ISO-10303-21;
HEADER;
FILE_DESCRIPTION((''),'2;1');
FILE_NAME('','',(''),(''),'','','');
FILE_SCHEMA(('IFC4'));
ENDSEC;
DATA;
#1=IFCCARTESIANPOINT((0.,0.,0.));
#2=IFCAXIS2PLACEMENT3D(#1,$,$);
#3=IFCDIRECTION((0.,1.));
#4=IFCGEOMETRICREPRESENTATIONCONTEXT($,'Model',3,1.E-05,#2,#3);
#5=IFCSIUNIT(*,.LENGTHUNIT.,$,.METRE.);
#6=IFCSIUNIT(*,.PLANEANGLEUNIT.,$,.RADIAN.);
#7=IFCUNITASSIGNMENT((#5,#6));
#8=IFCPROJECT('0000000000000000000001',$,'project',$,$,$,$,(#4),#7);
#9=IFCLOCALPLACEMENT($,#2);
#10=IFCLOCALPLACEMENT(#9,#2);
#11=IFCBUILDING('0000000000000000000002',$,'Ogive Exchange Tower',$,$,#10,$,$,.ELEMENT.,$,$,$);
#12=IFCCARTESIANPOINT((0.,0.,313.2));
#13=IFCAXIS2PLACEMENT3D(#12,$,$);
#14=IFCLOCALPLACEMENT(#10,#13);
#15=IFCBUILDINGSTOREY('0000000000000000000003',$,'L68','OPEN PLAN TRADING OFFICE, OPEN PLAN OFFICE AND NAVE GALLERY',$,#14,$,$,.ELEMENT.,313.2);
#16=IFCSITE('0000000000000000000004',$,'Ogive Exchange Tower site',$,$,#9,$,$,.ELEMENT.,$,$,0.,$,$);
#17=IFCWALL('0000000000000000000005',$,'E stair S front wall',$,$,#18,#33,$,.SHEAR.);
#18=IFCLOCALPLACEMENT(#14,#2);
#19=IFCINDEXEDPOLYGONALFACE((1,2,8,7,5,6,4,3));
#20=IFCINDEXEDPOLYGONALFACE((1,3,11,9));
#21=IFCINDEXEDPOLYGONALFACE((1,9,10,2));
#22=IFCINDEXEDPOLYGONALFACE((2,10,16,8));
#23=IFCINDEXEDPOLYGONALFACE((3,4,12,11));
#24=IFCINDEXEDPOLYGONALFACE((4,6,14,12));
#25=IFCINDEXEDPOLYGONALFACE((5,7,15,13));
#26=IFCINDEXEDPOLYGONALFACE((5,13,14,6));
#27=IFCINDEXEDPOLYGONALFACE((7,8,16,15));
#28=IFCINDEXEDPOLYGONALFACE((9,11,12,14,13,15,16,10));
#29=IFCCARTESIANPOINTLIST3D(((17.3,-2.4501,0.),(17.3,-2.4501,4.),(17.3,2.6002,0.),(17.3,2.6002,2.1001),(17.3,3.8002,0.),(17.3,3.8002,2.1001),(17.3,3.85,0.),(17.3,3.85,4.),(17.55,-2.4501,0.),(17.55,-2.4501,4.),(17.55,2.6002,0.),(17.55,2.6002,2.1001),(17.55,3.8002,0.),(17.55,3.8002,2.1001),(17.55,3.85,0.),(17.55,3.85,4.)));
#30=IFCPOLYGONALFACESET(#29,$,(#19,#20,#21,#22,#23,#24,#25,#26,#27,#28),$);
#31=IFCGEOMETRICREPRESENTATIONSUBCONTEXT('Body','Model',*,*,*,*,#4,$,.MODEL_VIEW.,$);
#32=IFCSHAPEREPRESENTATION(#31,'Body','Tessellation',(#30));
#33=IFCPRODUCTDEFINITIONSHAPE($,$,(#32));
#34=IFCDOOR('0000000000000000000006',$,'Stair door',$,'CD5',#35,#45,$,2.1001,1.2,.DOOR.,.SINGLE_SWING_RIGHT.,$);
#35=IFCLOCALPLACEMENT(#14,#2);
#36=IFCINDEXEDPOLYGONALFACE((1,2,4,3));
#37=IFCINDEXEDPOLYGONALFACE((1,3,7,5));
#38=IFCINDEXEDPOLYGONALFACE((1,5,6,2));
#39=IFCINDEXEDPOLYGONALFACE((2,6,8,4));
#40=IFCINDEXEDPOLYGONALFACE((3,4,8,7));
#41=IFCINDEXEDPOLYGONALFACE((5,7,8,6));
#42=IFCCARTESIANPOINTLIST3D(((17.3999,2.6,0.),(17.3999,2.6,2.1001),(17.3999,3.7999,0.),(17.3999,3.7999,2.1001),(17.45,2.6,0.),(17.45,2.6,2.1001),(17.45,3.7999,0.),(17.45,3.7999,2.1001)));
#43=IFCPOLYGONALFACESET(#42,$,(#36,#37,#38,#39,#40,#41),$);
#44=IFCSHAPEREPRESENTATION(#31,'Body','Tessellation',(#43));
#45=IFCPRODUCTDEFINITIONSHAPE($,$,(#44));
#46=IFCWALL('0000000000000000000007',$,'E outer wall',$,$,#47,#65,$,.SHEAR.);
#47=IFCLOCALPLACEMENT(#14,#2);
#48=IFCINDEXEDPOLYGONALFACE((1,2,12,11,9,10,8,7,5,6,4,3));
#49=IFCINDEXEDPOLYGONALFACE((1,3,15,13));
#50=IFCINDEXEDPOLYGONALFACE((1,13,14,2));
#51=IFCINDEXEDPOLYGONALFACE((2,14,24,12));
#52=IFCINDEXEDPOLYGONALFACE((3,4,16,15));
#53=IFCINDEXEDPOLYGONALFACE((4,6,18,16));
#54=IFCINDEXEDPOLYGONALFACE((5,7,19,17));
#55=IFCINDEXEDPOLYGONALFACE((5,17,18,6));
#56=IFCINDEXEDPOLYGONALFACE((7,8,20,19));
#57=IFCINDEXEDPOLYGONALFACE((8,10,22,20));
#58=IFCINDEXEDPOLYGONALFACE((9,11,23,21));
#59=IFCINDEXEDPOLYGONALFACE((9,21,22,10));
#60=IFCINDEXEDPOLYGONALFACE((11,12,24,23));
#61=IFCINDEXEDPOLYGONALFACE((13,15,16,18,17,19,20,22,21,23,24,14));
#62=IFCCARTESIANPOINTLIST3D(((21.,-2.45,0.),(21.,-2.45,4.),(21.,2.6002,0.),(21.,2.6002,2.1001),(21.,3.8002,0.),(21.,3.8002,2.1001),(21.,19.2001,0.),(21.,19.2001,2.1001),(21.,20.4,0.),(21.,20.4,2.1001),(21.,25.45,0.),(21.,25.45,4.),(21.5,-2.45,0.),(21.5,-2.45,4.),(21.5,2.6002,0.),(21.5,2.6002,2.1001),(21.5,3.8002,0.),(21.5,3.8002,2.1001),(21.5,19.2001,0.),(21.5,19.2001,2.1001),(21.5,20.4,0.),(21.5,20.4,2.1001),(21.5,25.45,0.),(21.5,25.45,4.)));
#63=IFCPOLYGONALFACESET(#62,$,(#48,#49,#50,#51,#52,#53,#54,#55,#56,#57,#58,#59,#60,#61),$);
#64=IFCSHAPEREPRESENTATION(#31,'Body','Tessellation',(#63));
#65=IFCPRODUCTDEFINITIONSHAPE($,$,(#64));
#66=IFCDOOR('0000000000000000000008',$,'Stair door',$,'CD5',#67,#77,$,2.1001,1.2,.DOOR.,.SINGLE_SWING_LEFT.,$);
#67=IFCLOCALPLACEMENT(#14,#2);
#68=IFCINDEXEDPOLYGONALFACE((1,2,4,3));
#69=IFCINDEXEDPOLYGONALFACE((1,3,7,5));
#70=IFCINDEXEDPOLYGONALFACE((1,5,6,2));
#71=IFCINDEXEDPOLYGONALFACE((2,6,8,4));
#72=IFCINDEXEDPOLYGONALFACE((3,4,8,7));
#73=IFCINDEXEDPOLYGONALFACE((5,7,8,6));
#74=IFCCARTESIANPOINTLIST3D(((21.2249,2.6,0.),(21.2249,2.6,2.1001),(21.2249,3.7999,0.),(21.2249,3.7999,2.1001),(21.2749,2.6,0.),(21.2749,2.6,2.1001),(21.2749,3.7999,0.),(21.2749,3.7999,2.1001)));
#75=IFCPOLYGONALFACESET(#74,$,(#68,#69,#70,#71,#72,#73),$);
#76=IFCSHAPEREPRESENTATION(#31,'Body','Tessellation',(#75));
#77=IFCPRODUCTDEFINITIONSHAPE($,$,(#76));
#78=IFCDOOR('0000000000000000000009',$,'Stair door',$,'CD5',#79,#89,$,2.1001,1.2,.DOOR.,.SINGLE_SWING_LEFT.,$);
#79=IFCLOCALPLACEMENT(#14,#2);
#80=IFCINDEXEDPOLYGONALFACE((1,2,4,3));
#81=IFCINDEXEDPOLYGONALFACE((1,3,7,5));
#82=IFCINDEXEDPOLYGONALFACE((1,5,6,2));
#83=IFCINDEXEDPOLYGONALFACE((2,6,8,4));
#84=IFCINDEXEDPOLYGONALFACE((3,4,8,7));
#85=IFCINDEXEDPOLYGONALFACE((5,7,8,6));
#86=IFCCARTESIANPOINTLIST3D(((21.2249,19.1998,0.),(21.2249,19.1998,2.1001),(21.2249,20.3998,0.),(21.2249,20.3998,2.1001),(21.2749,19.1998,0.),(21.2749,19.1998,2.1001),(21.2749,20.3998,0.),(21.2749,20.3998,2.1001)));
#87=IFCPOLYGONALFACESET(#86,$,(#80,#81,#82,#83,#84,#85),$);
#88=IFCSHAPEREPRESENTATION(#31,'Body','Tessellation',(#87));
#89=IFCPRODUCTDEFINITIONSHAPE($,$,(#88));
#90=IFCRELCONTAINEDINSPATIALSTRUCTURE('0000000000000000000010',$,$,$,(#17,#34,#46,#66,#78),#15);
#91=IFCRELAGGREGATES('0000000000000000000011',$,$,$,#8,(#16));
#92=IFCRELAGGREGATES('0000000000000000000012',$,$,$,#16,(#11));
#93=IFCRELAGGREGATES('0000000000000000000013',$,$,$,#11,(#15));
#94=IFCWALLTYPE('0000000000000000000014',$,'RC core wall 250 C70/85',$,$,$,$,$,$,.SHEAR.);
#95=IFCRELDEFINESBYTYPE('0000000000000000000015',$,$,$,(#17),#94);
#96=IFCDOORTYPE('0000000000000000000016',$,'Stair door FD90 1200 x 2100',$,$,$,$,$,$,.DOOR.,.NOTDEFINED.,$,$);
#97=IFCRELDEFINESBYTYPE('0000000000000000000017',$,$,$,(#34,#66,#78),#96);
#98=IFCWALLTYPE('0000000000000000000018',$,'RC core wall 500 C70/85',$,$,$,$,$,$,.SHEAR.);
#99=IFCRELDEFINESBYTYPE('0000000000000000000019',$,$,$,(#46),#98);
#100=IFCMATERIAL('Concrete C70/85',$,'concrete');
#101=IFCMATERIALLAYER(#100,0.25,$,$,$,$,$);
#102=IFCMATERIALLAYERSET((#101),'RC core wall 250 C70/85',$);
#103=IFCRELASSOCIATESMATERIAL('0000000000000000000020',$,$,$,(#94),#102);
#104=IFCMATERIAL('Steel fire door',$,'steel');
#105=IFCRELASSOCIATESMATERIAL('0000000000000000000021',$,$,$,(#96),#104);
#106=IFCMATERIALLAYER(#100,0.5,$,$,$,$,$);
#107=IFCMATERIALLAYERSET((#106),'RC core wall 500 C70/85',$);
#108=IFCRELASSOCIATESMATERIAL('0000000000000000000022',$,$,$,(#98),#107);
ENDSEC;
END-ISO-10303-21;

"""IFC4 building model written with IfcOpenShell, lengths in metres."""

from ifc_helpers import new_model, si_unit, direction, frame, frame_2d, origin, place, context, subcontext, project, spatial, rectangle, extrude, material, layer, layer_set, type_object, element, fill, save


model = new_model("IFC4")

# Units and contexts
model_context = context("Model", 3, precision=1e-05, world=origin(), true_north=direction((0.0, 1.0)))
body_context = subcontext(model_context, "Body", "Model", "MODEL_VIEW")
ifc_project = project(units=[si_unit("LENGTHUNIT", "METRE"), si_unit("PLANEANGLEUNIT", "RADIAN")], contexts=[model_context])

# Site, building, storey
site_placement = place(None, origin())
site = spatial("IfcSite", under=ifc_project, at=site_placement, Name="Ogive Exchange Tower site", CompositionType="ELEMENT", RefElevation=0.0)
building_placement = place(site_placement, origin())
building = spatial("IfcBuilding", under=site, at=building_placement, Name="Ogive Exchange Tower", CompositionType="ELEMENT")
storey_placement = place(building_placement, frame((0.0, 0.0, 313.2)))
storey = spatial("IfcBuildingStorey", under=building, at=storey_placement, Name="L68", Description="OPEN PLAN TRADING OFFICE, OPEN PLAN OFFICE AND NAVE GALLERY", CompositionType="ELEMENT", Elevation=313.2)

# Wall, opening, door
ifc_material_1 = material(Name="Concrete C70/85", Category="concrete")
ifc_layer_1 = layer(ifc_material_1, 0.25)
ifc_layer_set_1 = layer_set([ifc_layer_1], Name="RC core wall 250 C70/85")
wall_type_1 = type_object("IfcWallType", Name="RC core wall 250 C70/85", PredefinedType="SHEAR", material=ifc_layer_set_1)
wall_1_placement = place(storey_placement, frame((17.425, -2.45, 0.0), z_axis=(0.0, 0.0, 1.0), x_axis=(0.0, 1.0, 0.0)))
wall_1 = element("IfcWall", 1, at=wall_1_placement, inside=storey, type_object=wall_type_1, Name="E stair S front wall", PredefinedType="SHEAR", context=body_context, shape_type="SweptSolid", body=[
    extrude(rectangle(XDim=6.3, YDim=0.25, at=frame_2d((3.1499, 0.0))), origin(), (0.0, 0.0, 1.0), 4.0),
])
opening_1_placement = place(wall_1_placement, frame((5.05, 0.0, 0.0)))
opening_1 = element("IfcOpeningElement", 2, at=opening_1_placement, cuts=wall_1, PredefinedType="OPENING", context=body_context, shape_type="SweptSolid", body=[
    extrude(rectangle(XDim=1.2, YDim=2.1001, at=frame_2d((0.6001, 1.05))), frame((0.0, 0.135, 0.0), z_axis=(0.0, -1.0, 0.0), x_axis=(1.0, 0.0, 0.0)), (0.0, 0.0, 1.0), 0.27),
])
ifc_material_2 = material(Name="Steel fire door", Category="steel")
door_type_1 = type_object("IfcDoorType", Name="Stair door FD90 1200 x 2100", OperationType="NOTDEFINED", PredefinedType="DOOR", material=ifc_material_2)
door_1_placement = place(opening_1_placement, frame((1.2, 0.0, 0.0), z_axis=(0.0, 0.0, 1.0), x_axis=(-1.0, 0.0, 0.0)))
door_1 = element("IfcDoor", 3, at=door_1_placement, inside=storey, type_object=door_type_1, Name="Stair door", ObjectType="CD5", OperationType="SINGLE_SWING_RIGHT", OverallHeight=2.1001, OverallWidth=1.2, PredefinedType="DOOR", context=body_context, shape_type="SweptSolid", body=[
    extrude(rectangle(XDim=1.2, YDim=2.1001, at=frame_2d((0.6001, 1.05))), frame((0.0, 0.0249, 0.0), z_axis=(0.0, -1.0, 0.0), x_axis=(1.0, 0.0, 0.0)), (0.0, 0.0, 1.0), 0.05),
])
fill(opening_1, door_1)

# Wall, openings, doors
ifc_layer_2 = layer(ifc_material_1, 0.5)
ifc_layer_set_2 = layer_set([ifc_layer_2], Name="RC core wall 500 C70/85")
wall_type_2 = type_object("IfcWallType", Name="RC core wall 500 C70/85", PredefinedType="SHEAR", material=ifc_layer_set_2)
wall_2_placement = place(storey_placement, frame((21.25, -2.45, 0.0), z_axis=(0.0, 0.0, 1.0), x_axis=(0.0, 1.0, 0.0)))
wall_2 = element("IfcWall", 4, at=wall_2_placement, inside=storey, type_object=wall_type_2, Name="E outer wall", PredefinedType="SHEAR", context=body_context, shape_type="SweptSolid", body=[
    extrude(rectangle(XDim=27.8999, YDim=0.5, at=frame_2d((13.95, 0.0))), origin(), (0.0, 0.0, 1.0), 4.0),
])
opening_2_placement = place(wall_2_placement, frame((5.05, 0.0, 0.0)))
opening_2 = element("IfcOpeningElement", 5, at=opening_2_placement, cuts=wall_2, PredefinedType="OPENING", context=body_context, shape_type="SweptSolid", body=[
    extrude(rectangle(XDim=1.2, YDim=2.1001, at=frame_2d((0.6001, 1.05))), frame((0.0, 0.26, 0.0), z_axis=(0.0, -1.0, 0.0), x_axis=(1.0, 0.0, 0.0)), (0.0, 0.0, 1.0), 0.52),
])
opening_3_placement = place(wall_2_placement, frame((21.6499, 0.0, 0.0)))
opening_3 = element("IfcOpeningElement", 6, at=opening_3_placement, cuts=wall_2, PredefinedType="OPENING", context=body_context, shape_type="SweptSolid", body=[
    extrude(rectangle(XDim=1.2, YDim=2.1001, at=frame_2d((0.6001, 1.05))), frame((0.0, 0.26, 0.0), z_axis=(0.0, -1.0, 0.0), x_axis=(1.0, 0.0, 0.0)), (0.0, 0.0, 1.0), 0.52),
])
door_2_placement = place(opening_2_placement, frame((1.2, 0.0, 0.0), z_axis=(0.0, 0.0, 1.0), x_axis=(-1.0, 0.0, 0.0)))
door_2 = element("IfcDoor", 7, at=door_2_placement, inside=storey, type_object=door_type_1, Name="Stair door", ObjectType="CD5", OperationType="SINGLE_SWING_LEFT", OverallHeight=2.1001, OverallWidth=1.2, PredefinedType="DOOR", context=body_context, shape_type="SweptSolid", body=[
    extrude(rectangle(XDim=1.2, YDim=2.1001, at=frame_2d((0.6001, 1.05))), frame((0.0, 0.0249, 0.0), z_axis=(0.0, -1.0, 0.0), x_axis=(1.0, 0.0, 0.0)), (0.0, 0.0, 1.0), 0.05),
])
fill(opening_2, door_2)
door_3_placement = place(opening_3_placement, frame((1.2, 0.0, 0.0), z_axis=(0.0, 0.0, 1.0), x_axis=(-1.0, 0.0, 0.0)))
door_3 = element("IfcDoor", 8, at=door_3_placement, inside=storey, type_object=door_type_1, Name="Stair door", ObjectType="CD5", OperationType="SINGLE_SWING_LEFT", OverallHeight=2.1001, OverallWidth=1.2, PredefinedType="DOOR", context=body_context, shape_type="SweptSolid", body=[
    extrude(rectangle(XDim=1.2, YDim=2.1001, at=frame_2d((0.6001, 1.05))), frame((0.0, 0.0249, 0.0), z_axis=(0.0, -1.0, 0.0), x_axis=(1.0, 0.0, 0.0)), (0.0, 0.0, 1.0), 0.05),
])
fill(opening_3, door_3)

save(model, "model.ifc")
